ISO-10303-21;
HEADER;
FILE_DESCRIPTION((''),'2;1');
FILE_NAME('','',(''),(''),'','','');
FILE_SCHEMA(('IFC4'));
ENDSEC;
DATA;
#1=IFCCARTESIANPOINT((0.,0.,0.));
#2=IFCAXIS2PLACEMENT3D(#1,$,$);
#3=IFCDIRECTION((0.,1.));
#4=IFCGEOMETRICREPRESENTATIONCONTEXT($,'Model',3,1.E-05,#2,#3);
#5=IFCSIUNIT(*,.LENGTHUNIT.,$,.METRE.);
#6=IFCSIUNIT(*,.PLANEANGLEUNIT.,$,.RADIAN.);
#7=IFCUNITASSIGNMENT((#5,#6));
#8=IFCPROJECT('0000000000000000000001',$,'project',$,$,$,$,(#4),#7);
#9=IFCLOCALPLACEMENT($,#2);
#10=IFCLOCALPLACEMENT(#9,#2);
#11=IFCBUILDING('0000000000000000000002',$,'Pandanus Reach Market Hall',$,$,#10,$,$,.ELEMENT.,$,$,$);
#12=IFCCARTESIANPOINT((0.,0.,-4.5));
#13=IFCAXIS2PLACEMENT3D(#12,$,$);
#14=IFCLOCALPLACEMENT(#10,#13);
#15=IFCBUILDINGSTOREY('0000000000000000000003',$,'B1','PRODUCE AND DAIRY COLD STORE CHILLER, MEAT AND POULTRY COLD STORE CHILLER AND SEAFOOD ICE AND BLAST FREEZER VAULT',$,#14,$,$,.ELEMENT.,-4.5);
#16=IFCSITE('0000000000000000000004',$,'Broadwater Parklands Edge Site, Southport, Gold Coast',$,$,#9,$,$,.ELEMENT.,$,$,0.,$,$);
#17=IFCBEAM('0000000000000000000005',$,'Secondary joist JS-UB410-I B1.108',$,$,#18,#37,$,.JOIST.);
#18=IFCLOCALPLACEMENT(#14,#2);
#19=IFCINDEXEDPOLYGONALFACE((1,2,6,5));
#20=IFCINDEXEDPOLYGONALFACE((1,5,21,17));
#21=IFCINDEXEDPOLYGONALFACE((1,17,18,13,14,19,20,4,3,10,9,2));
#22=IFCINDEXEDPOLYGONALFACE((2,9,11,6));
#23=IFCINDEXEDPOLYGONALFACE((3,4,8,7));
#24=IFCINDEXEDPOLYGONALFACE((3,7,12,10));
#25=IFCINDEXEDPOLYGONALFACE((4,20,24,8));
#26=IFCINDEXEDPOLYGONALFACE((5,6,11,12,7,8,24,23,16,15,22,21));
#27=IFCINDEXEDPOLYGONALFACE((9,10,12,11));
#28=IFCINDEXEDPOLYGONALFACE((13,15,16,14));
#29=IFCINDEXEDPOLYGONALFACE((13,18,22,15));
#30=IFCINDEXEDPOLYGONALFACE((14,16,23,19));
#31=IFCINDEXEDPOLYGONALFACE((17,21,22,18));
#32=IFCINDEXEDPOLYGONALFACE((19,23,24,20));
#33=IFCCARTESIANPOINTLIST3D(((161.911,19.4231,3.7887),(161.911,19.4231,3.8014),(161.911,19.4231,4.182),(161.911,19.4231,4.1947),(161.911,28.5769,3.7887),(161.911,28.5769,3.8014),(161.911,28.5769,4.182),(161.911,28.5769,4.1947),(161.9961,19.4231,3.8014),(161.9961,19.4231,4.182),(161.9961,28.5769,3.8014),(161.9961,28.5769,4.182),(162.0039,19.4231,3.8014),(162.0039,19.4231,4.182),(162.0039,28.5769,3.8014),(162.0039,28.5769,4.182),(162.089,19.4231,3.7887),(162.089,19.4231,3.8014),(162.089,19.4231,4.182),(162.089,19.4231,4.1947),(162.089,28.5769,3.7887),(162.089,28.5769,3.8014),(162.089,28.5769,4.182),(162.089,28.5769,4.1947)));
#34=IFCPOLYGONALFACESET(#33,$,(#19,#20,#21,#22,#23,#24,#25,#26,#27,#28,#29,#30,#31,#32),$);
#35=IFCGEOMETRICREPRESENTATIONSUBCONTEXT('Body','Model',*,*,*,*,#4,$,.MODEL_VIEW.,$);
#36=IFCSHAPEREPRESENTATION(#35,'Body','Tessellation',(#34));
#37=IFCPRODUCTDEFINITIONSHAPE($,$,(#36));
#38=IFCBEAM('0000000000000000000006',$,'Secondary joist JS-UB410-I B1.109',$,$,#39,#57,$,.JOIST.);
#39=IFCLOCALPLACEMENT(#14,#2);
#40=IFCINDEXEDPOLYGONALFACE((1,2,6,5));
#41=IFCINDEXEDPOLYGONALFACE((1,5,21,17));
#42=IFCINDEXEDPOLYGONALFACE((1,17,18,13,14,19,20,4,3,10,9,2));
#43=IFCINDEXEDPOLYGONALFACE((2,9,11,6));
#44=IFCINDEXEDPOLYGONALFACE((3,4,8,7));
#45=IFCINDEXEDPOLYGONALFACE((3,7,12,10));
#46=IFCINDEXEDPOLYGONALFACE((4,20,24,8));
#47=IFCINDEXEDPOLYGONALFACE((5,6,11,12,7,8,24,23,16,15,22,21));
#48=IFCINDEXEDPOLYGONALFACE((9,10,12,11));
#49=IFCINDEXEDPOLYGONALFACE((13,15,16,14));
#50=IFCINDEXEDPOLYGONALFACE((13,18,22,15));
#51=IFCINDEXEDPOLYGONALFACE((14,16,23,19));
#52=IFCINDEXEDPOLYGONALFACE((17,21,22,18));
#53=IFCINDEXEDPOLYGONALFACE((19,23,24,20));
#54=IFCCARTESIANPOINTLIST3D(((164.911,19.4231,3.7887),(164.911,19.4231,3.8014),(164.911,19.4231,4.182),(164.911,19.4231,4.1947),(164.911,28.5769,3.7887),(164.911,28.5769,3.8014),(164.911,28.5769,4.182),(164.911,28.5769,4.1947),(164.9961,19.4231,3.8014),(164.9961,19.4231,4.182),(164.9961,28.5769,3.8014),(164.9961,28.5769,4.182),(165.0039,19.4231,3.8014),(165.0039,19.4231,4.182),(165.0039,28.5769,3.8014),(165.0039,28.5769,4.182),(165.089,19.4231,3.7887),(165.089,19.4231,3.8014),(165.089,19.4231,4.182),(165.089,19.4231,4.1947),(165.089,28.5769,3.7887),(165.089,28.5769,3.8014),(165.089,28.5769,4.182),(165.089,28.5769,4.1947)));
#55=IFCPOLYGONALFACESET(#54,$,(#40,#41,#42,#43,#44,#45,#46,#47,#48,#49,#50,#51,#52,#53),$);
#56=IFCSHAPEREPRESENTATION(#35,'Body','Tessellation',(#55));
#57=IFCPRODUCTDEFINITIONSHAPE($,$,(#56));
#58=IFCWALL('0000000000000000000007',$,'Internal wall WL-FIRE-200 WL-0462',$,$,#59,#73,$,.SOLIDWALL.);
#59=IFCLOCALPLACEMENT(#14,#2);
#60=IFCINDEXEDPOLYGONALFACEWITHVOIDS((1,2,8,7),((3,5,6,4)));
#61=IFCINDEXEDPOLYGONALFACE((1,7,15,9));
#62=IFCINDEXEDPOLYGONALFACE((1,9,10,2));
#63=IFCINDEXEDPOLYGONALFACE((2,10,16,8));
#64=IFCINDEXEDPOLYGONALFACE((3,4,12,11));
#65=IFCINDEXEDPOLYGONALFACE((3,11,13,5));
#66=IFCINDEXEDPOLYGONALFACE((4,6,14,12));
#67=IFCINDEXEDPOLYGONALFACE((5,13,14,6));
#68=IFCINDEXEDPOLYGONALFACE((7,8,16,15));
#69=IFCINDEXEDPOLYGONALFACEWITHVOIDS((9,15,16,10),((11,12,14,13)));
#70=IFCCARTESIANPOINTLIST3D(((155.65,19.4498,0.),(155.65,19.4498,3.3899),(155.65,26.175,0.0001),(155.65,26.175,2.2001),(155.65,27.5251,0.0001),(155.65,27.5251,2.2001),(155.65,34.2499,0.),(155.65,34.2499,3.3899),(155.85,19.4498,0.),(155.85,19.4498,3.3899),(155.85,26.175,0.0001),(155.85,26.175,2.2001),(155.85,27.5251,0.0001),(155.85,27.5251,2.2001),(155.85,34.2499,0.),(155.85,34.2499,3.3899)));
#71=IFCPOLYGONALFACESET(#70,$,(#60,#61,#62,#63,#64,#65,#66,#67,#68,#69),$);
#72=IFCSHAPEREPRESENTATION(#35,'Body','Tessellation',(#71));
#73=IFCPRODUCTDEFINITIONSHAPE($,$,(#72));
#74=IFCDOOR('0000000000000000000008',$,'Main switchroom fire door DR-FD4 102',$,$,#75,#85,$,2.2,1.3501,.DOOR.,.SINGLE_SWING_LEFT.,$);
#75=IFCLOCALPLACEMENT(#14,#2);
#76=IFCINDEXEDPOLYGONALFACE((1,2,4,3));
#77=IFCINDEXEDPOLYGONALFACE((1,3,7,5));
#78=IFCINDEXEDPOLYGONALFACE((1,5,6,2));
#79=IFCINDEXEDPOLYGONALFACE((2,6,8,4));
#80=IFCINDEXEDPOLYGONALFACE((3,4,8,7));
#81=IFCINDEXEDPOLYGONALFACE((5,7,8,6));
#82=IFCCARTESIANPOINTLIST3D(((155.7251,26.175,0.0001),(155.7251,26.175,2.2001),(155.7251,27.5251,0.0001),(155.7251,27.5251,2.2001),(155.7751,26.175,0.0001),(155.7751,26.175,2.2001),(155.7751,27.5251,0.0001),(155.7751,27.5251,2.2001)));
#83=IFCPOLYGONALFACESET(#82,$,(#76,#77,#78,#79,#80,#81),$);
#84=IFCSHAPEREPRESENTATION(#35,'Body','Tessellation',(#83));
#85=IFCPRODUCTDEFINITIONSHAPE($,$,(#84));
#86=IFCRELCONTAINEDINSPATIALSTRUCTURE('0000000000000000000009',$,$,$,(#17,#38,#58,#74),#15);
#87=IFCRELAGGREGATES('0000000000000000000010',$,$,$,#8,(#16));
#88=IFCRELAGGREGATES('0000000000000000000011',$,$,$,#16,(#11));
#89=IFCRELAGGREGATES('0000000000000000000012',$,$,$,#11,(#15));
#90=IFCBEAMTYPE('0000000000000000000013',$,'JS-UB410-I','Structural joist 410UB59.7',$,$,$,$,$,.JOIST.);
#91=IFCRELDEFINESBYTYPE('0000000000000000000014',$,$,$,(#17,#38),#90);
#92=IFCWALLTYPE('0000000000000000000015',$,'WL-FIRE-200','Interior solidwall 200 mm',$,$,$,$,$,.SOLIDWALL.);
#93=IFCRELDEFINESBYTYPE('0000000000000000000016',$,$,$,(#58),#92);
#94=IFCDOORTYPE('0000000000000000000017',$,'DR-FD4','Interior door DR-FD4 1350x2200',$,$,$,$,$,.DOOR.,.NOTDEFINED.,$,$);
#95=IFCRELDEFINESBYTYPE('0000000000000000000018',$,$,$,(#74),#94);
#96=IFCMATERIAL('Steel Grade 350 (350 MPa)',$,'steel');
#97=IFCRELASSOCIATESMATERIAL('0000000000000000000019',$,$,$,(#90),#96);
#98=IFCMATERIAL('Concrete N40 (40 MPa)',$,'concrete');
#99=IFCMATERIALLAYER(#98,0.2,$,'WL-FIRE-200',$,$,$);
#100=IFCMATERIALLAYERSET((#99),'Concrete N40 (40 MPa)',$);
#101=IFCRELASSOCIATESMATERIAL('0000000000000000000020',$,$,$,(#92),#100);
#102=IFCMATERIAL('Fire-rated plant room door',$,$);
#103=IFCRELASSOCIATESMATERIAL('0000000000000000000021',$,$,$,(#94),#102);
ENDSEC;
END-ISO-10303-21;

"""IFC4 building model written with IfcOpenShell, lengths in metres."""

from ifc_helpers import new_model, si_unit, direction, frame, frame_2d, origin, origin_2d, place, context, subcontext, project, spatial, rectangle, i_section, extrude, material, layer, layer_set, material_profile, profile_set, type_object, element, fill, save


model = new_model("IFC4")

# Units and contexts
model_context = context("Model", 3, precision=1e-05, world=origin(), true_north=direction((0.0, 1.0)))
body_context = subcontext(model_context, "Body", "Model", "MODEL_VIEW")
ifc_project = project(units=[si_unit("LENGTHUNIT", "METRE"), si_unit("PLANEANGLEUNIT", "RADIAN")], contexts=[model_context])

# Site, building, storey
site_placement = place(None, origin())
site = spatial("IfcSite", under=ifc_project, at=site_placement, Name="Broadwater Parklands Edge Site, Southport, Gold Coast", CompositionType="ELEMENT", RefElevation=0.0)
building_placement = place(site_placement, origin())
building = spatial("IfcBuilding", under=site, at=building_placement, Name="Pandanus Reach Market Hall", CompositionType="ELEMENT")
storey_placement = place(building_placement, frame((0.0, 0.0, -4.5)))
storey = spatial("IfcBuildingStorey", under=building, at=storey_placement, Name="B1", Description="PRODUCE AND DAIRY COLD STORE CHILLER, MEAT AND POULTRY COLD STORE CHILLER AND SEAFOOD ICE AND BLAST FREEZER VAULT", CompositionType="ELEMENT", Elevation=-4.5)

# Shared definitions
ifc_material_1 = material(Name="Concrete N40 (40 MPa)", Category="concrete")

# Shared definitions
ifc_material_2 = material(Name="Steel Grade 350 (350 MPa)", Category="steel")

# Beams
ifc_material_profile_1 = material_profile(ifc_material_2, i_section(OverallWidth=0.178, OverallDepth=0.406, WebThickness=0.0078, FlangeThickness=0.0127, at=origin_2d()), Name="410UB59.7", Category="LoadBearing")
ifc_profile_set_1 = profile_set([ifc_material_profile_1], Name="Steel Grade 350 (350 MPa)")
beam_type_1 = type_object("IfcBeamType", Name="JS-UB410-I", Description="Structural joist 410UB59.7", PredefinedType="JOIST", material=ifc_profile_set_1)
for number, where, z_axis, x_axis, name in (
    (1, (162.0, 19.4231, 3.9917), (0.0, 1.0, 0.0), (-1.0, 0.0, 0.0), "Secondary joist JS-UB410-I B1.108"),
    (2, (165.0, 19.4231, 3.9917), (0.0, 1.0, 0.0), (-1.0, 0.0, 0.0), "Secondary joist JS-UB410-I B1.109"),
):
    element("IfcBeam", number, at=place(storey_placement, frame(where, z_axis=z_axis, x_axis=x_axis)), inside=storey, type_object=beam_type_1, Name=name, PredefinedType="JOIST", context=body_context, shape_type="SweptSolid", body=[
        extrude(i_section(OverallWidth=0.178, OverallDepth=0.406, WebThickness=0.0078, FlangeThickness=0.0127, at=origin_2d()), origin(), (0.0, 0.0, 1.0), 9.1538),
    ])

# Wall, opening, door
ifc_layer = layer(ifc_material_1, 0.2, Name="WL-FIRE-200")
ifc_layer_set = layer_set([ifc_layer], Name="Concrete N40 (40 MPa)")
wall_type = type_object("IfcWallType", Name="WL-FIRE-200", Description="Interior solidwall 200 mm", PredefinedType="SOLIDWALL", material=ifc_layer_set)
wall_placement = place(storey_placement, frame((155.75, 19.45, 0.0), z_axis=(0.0, 0.0, 1.0), x_axis=(0.0, 1.0, 0.0)))
wall = element("IfcWall", 3, at=wall_placement, inside=storey, type_object=wall_type, Name="Internal wall WL-FIRE-200 WL-0462", PredefinedType="SOLIDWALL", context=body_context, shape_type="SweptSolid", body=[
    extrude(rectangle(XDim=14.8, YDim=0.2, at=frame_2d((7.3999, 0.0))), origin(), (0.0, 0.0, 1.0), 3.3899),
])
opening_placement = place(wall_placement, frame((6.7251, 0.0, 0.0)))
opening = element("IfcOpeningElement", 4, at=opening_placement, cuts=wall, PredefinedType="OPENING", context=body_context, shape_type="SweptSolid", body=[
    extrude(rectangle(XDim=1.3501, YDim=2.2, at=frame_2d((0.675, 1.1001))), frame((0.0, 0.115, 0.0), z_axis=(0.0, -1.0, 0.0), x_axis=(1.0, 0.0, 0.0)), (0.0, 0.0, 1.0), 0.23),
])
ifc_material_3 = material(Name="Fire-rated plant room door")
door_type = type_object("IfcDoorType", Name="DR-FD4", Description="Interior door DR-FD4 1350x2200", OperationType="NOTDEFINED", PredefinedType="DOOR", material=ifc_material_3)
door_placement = place(opening_placement, origin())
door = element("IfcDoor", 5, at=door_placement, inside=storey, type_object=door_type, Name="Main switchroom fire door DR-FD4 102", OperationType="SINGLE_SWING_LEFT", OverallHeight=2.2, OverallWidth=1.3501, PredefinedType="DOOR", context=body_context, shape_type="SweptSolid", body=[
    extrude(rectangle(XDim=1.3501, YDim=2.2, at=frame_2d((0.675, 1.1001))), frame((0.0, 0.0249, 0.0), z_axis=(0.0, -1.0, 0.0), x_axis=(1.0, 0.0, 0.0)), (0.0, 0.0, 1.0), 0.05),
])
fill(opening, door)

save(model, "model.ifc")
